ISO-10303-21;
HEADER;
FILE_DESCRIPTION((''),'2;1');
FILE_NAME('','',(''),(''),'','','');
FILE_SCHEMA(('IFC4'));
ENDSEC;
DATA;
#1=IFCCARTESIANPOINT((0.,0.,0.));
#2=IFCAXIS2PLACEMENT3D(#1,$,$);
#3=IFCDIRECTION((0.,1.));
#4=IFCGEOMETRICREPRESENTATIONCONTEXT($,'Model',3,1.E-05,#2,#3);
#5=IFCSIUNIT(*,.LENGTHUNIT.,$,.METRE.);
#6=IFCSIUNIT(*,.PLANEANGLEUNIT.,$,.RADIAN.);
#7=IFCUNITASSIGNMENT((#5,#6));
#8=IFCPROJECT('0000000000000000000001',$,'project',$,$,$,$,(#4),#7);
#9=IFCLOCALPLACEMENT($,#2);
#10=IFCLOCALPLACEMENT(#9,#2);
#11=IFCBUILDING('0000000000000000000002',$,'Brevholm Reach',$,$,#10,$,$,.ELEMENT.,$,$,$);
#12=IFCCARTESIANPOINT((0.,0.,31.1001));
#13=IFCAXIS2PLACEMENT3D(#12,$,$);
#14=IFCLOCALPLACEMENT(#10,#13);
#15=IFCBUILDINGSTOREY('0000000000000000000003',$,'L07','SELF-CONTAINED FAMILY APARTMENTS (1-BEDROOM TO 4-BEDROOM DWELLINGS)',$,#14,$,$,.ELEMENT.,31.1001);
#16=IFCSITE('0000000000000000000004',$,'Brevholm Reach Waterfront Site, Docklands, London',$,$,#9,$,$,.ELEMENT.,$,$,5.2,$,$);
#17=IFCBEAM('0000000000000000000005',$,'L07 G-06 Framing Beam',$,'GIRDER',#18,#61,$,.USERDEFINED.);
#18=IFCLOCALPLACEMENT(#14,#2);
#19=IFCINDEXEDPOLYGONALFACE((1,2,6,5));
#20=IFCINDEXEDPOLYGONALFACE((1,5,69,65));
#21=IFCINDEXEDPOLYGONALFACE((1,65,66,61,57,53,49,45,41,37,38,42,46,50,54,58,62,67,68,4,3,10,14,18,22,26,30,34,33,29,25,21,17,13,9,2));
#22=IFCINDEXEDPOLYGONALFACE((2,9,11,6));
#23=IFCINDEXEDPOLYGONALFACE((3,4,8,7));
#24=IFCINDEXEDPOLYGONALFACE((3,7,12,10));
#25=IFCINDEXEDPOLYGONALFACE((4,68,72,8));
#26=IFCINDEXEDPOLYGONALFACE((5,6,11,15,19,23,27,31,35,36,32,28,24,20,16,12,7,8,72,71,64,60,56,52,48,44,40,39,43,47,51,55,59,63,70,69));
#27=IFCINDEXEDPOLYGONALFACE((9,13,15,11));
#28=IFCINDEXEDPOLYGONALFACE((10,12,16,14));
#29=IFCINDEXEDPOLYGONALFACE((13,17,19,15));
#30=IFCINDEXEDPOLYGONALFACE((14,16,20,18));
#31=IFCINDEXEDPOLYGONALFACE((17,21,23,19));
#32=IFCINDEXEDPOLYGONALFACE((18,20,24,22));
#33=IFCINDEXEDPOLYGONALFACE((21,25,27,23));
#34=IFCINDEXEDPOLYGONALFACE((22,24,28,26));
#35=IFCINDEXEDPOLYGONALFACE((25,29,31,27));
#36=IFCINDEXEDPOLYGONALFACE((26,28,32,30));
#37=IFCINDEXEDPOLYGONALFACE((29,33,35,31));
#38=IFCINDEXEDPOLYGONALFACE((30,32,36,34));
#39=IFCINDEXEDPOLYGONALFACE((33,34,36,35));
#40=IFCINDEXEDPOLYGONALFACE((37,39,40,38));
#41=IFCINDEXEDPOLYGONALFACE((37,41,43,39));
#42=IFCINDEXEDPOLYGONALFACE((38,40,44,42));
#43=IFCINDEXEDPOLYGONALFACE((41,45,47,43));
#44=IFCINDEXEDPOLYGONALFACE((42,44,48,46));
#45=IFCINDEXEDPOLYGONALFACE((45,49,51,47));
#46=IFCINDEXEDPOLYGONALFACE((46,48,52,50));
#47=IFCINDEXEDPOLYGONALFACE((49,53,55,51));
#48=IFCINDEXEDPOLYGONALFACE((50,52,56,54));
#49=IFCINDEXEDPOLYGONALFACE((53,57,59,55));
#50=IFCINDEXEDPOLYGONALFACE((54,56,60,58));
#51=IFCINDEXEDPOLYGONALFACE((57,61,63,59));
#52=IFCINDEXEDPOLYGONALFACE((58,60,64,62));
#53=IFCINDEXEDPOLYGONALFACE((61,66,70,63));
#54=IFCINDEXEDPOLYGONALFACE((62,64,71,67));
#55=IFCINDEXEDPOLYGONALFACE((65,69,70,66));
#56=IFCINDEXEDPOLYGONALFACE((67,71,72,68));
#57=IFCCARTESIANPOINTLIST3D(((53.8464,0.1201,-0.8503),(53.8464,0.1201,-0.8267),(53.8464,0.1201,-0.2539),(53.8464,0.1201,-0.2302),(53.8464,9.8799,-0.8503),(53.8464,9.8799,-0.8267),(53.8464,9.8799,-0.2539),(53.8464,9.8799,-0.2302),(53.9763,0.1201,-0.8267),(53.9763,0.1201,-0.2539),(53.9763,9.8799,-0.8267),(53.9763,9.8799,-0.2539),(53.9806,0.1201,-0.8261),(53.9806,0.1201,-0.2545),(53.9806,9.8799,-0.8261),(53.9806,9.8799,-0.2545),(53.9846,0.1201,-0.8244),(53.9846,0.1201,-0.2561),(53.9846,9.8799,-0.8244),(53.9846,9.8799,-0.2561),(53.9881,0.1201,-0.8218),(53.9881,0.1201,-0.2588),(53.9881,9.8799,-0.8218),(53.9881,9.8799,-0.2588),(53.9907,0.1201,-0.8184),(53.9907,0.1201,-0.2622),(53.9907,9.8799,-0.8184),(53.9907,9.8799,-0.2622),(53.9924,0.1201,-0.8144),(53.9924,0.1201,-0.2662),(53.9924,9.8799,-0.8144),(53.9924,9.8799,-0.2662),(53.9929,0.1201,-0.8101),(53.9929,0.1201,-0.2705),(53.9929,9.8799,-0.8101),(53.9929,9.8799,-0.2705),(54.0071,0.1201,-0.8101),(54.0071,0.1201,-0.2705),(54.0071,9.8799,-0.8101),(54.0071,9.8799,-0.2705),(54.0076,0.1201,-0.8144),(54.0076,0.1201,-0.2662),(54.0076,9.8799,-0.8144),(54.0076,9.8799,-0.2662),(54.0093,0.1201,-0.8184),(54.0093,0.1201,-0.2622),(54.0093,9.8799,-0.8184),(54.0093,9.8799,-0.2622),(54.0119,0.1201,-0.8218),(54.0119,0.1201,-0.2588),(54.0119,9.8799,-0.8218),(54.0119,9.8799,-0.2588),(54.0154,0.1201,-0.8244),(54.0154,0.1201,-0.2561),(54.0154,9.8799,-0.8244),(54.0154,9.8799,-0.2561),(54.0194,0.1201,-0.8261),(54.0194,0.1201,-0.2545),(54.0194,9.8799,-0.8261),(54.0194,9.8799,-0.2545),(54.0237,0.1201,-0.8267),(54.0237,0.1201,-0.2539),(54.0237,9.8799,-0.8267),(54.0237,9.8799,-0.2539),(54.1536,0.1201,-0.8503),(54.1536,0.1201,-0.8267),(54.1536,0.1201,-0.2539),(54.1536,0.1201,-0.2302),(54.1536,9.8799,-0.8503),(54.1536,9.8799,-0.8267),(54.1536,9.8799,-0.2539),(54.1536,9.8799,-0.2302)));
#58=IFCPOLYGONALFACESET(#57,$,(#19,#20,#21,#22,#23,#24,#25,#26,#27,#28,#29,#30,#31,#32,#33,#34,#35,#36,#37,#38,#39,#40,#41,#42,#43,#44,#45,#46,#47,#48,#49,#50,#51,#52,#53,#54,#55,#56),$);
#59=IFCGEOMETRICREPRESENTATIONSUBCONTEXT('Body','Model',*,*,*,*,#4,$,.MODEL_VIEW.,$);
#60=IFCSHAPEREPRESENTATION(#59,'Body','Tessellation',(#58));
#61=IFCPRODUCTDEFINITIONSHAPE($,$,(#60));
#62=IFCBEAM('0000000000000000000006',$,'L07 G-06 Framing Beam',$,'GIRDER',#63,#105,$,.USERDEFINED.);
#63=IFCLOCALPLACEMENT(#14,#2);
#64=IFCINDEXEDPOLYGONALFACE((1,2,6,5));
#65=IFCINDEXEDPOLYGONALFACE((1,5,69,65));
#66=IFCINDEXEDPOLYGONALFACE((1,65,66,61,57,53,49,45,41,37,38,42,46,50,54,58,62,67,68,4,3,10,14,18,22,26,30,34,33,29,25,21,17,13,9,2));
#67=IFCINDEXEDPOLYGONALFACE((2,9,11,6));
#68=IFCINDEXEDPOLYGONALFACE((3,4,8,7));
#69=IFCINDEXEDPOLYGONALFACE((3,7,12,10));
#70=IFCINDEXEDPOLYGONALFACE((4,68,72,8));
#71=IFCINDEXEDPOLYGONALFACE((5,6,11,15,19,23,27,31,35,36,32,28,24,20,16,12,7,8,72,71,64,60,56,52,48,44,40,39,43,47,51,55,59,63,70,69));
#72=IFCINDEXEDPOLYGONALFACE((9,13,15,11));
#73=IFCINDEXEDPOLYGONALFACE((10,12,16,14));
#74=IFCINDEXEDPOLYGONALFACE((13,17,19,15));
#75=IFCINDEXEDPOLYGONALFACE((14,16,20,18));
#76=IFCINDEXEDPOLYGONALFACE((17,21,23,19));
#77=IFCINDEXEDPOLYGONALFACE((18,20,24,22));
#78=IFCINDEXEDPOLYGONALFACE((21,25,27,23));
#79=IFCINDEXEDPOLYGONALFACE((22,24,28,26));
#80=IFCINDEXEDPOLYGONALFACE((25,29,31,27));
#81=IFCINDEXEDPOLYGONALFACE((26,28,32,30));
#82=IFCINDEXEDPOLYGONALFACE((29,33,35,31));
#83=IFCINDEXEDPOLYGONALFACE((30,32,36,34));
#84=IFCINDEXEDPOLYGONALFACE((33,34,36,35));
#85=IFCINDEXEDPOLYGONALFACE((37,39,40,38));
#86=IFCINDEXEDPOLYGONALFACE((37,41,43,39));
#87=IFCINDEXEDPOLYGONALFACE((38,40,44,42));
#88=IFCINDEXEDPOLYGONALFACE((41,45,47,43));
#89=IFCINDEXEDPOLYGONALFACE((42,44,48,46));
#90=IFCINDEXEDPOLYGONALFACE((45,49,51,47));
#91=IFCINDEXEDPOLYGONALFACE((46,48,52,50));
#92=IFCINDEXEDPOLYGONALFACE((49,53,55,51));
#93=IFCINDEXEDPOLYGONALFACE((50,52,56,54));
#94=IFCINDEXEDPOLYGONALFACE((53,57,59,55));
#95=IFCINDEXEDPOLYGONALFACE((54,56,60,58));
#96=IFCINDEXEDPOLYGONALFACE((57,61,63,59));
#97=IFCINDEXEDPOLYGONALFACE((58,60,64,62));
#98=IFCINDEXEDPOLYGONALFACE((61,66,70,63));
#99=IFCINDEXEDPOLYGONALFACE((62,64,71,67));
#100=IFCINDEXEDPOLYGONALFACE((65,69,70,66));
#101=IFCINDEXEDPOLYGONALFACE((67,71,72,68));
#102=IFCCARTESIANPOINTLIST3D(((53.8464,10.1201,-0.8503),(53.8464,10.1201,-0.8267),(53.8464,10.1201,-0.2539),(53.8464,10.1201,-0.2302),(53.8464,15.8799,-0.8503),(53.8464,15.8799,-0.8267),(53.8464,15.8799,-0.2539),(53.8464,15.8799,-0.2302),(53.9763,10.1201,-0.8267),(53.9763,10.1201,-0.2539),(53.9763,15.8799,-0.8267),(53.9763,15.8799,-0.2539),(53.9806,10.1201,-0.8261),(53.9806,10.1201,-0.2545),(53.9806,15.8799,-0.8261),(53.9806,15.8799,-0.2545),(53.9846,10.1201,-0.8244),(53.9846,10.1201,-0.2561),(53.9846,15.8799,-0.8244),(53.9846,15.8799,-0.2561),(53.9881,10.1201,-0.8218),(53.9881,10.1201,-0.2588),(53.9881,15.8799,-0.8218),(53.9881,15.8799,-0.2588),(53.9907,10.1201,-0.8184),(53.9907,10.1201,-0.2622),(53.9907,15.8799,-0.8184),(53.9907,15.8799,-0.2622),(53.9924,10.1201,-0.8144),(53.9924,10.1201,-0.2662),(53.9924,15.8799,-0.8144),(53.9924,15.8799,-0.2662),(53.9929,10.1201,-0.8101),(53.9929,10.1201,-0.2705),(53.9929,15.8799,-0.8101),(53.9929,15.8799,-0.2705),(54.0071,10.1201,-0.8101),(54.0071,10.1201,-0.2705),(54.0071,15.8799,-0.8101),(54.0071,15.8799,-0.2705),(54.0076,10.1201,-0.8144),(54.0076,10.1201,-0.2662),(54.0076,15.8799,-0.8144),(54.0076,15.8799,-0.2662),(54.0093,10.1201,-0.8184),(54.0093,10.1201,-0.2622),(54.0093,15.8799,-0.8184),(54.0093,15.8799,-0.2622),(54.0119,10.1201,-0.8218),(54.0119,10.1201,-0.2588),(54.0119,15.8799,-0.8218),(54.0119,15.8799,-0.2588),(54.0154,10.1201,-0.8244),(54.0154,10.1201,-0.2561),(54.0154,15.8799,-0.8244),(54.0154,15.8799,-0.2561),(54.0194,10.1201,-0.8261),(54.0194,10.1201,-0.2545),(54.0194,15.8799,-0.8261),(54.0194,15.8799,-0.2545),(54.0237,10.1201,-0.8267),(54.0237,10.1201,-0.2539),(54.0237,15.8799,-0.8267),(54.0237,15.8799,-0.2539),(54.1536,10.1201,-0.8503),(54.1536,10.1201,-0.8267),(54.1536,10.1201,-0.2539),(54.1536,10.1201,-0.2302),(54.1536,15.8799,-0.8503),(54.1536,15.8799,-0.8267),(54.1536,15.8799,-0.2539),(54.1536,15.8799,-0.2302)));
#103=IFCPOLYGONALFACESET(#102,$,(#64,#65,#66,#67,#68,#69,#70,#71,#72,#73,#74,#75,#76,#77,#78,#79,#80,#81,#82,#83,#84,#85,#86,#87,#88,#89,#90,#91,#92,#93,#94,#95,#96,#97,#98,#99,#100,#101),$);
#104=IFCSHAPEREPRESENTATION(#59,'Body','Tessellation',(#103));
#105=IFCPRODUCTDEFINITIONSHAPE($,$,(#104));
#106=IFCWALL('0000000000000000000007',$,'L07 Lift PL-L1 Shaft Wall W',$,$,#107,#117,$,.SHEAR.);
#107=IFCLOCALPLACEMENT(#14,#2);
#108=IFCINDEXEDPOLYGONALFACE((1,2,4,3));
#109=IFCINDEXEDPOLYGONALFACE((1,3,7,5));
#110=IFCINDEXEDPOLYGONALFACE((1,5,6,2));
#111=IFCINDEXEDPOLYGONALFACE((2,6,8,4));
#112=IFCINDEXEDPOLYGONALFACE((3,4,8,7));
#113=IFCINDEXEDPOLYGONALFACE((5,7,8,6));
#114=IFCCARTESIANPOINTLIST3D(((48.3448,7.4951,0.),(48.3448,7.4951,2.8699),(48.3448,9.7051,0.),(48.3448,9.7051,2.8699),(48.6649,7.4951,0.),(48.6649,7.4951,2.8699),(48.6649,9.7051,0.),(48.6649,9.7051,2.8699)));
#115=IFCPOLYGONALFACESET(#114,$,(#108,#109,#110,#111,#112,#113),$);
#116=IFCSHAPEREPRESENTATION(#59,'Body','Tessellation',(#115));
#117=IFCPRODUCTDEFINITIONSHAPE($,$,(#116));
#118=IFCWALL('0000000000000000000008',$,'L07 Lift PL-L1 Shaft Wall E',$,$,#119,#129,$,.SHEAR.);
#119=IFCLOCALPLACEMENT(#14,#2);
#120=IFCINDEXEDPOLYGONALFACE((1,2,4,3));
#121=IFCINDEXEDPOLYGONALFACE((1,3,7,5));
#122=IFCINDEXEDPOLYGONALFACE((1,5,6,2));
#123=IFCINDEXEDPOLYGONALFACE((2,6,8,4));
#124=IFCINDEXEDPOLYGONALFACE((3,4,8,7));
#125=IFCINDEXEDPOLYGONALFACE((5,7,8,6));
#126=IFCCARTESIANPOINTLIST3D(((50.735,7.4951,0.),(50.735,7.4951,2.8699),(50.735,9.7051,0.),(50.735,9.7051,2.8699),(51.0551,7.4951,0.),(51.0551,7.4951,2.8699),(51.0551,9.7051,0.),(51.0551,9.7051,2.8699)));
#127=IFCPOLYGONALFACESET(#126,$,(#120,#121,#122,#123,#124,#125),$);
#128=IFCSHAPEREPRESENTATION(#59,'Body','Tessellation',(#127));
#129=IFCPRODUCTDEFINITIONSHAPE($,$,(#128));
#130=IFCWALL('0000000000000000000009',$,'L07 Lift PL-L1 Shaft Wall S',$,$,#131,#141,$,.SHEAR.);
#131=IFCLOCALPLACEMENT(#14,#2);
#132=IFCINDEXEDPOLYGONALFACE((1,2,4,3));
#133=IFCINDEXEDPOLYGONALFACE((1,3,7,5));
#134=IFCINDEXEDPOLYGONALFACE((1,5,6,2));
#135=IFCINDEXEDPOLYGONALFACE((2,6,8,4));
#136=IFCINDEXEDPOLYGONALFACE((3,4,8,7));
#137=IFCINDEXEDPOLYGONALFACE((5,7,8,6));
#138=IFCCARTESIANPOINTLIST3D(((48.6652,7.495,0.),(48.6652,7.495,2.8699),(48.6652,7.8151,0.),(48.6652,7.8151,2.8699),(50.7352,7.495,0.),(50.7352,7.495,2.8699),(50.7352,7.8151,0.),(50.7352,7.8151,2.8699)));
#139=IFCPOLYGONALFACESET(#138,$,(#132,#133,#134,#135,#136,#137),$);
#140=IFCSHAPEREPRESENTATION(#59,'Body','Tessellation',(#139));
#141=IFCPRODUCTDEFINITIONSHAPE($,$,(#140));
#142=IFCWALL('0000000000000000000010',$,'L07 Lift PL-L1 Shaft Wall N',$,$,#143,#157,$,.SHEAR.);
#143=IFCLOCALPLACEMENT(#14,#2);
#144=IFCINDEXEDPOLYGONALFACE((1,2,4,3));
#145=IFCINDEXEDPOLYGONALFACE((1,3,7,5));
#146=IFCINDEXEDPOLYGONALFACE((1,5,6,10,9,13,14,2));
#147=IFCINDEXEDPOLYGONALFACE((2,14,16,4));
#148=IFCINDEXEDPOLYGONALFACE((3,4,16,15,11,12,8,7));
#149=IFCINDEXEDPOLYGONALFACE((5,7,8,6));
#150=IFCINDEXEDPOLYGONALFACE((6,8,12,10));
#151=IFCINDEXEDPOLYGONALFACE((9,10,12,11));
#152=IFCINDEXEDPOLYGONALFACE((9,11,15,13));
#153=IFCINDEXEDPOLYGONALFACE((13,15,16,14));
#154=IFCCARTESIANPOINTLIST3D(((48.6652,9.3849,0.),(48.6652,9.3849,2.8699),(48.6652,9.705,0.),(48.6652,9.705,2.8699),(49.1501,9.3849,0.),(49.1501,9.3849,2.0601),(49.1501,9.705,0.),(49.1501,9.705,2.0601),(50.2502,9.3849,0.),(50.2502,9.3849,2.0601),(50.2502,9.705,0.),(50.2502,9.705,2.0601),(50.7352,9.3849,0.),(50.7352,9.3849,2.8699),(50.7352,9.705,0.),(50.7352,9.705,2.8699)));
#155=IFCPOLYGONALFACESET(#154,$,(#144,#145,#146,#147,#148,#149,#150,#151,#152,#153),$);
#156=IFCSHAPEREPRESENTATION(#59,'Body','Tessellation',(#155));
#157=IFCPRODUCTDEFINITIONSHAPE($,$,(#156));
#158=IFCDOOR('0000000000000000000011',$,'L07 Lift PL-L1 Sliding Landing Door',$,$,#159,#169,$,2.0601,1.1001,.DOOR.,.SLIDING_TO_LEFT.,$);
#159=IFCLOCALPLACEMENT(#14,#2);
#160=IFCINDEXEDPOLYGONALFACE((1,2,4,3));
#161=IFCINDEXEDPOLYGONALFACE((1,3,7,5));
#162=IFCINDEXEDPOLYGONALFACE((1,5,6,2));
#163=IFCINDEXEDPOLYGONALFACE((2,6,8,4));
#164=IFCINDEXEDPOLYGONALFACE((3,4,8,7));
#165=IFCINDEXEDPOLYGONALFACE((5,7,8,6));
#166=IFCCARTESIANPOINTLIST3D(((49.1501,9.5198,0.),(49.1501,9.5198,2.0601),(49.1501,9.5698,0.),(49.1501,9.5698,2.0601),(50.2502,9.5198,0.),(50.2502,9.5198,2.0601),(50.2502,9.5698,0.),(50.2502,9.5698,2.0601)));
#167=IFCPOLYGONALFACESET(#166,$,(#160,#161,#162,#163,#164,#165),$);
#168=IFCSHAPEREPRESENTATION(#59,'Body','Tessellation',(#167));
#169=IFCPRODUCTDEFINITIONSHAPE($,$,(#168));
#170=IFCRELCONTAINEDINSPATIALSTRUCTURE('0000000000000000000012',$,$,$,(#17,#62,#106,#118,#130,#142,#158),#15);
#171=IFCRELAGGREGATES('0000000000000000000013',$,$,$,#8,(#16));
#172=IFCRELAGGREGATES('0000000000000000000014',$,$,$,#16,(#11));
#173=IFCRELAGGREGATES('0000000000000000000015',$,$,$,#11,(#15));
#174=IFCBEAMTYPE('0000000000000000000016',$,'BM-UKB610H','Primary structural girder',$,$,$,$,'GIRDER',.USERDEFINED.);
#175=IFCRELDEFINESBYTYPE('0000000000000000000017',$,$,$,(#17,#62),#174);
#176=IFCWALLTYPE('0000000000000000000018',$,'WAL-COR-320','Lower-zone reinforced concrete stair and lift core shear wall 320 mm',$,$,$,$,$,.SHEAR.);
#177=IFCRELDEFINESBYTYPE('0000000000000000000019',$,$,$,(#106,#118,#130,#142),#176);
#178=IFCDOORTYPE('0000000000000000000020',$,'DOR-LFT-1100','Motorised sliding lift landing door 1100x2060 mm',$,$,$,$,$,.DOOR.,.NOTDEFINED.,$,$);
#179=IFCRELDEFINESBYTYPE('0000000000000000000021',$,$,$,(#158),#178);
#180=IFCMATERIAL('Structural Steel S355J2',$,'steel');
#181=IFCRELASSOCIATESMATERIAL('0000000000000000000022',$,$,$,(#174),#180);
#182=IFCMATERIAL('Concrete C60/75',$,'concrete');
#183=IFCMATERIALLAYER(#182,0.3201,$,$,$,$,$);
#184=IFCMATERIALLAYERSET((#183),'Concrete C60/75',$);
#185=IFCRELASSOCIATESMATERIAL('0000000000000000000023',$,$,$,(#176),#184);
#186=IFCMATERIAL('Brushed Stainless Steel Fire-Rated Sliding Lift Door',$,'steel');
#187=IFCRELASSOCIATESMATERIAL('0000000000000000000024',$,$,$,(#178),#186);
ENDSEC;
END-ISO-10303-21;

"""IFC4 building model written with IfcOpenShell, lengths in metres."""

from ifc_helpers import new_model, si_unit, direction, frame, frame_2d, origin, origin_2d, place, context, subcontext, project, spatial, rectangle, i_section, extrude, material, layer, layer_set, material_profile, profile_set, type_object, element, fill, save


model = new_model("IFC4")

# Units and contexts
model_context = context("Model", 3, precision=1e-05, world=origin(), true_north=direction((0.0, 1.0)))
body_context = subcontext(model_context, "Body", "Model", "MODEL_VIEW")
ifc_project = project(units=[si_unit("LENGTHUNIT", "METRE"), si_unit("PLANEANGLEUNIT", "RADIAN")], contexts=[model_context])

# Site, building, storey
site_placement = place(None, origin())
site = spatial("IfcSite", under=ifc_project, at=site_placement, Name="Brevholm Reach Waterfront Site, Docklands, London", CompositionType="ELEMENT", RefElevation=5.2)
building_placement = place(site_placement, origin())
building = spatial("IfcBuilding", under=site, at=building_placement, Name="Brevholm Reach", CompositionType="ELEMENT")
storey_placement = place(building_placement, frame((0.0, 0.0, 31.1001)))
storey = spatial("IfcBuildingStorey", under=building, at=storey_placement, Name="L07", Description="SELF-CONTAINED FAMILY APARTMENTS (1-BEDROOM TO 4-BEDROOM DWELLINGS)", CompositionType="ELEMENT", Elevation=31.1001)

# Beams
ifc_material_1 = material(Name="Structural Steel S355J2", Category="steel")
ifc_material_profile_1 = material_profile(ifc_material_1, i_section(OverallWidth=0.3071, OverallDepth=0.6201, WebThickness=0.0142, FlangeThickness=0.0237, FilletRadius=0.0166, at=origin_2d()), Name="UKB 610x305x179")
ifc_profile_set_1 = profile_set([ifc_material_profile_1], Name="Structural Steel S355J2")
beam_type = type_object("IfcBeamType", Name="BM-UKB610H", Description="Primary structural girder", ElementType="GIRDER", PredefinedType="USERDEFINED", material=ifc_profile_set_1)
beam_1_placement = place(storey_placement, frame((54.0, 0.1201, -0.5403), z_axis=(0.0, 1.0, 0.0), x_axis=(-1.0, 0.0, 0.0)))
element("IfcBeam", 1, at=beam_1_placement, inside=storey, type_object=beam_type, Name="L07 G-06 Framing Beam", ObjectType="GIRDER", PredefinedType="USERDEFINED", context=body_context, shape_type="SweptSolid", body=[
    extrude(i_section(OverallWidth=0.3071, OverallDepth=0.6201, WebThickness=0.0142, FlangeThickness=0.0237, FilletRadius=0.0166, at=origin_2d()), origin(), (0.0, 0.0, 1.0), 9.7598),
])
beam_2_placement = place(storey_placement, frame((54.0, 10.1201, -0.5403), z_axis=(0.0, 1.0, 0.0), x_axis=(-1.0, 0.0, 0.0)))
element("IfcBeam", 2, at=beam_2_placement, inside=storey, type_object=beam_type, Name="L07 G-06 Framing Beam", ObjectType="GIRDER", PredefinedType="USERDEFINED", context=body_context, shape_type="SweptSolid", body=[
    extrude(i_section(OverallWidth=0.3071, OverallDepth=0.6201, WebThickness=0.0142, FlangeThickness=0.0237, FilletRadius=0.0166, at=origin_2d()), origin(), (0.0, 0.0, 1.0), 5.7598),
])

# Walls
ifc_material_2 = material(Name="Concrete C60/75", Category="concrete")
ifc_layer_1 = layer(ifc_material_2, 0.3201)
ifc_layer_set_1 = layer_set([ifc_layer_1], Name="Concrete C60/75")
wall_type_1 = type_object("IfcWallType", Name="WAL-COR-320", Description="Lower-zone reinforced concrete stair and lift core shear wall 320 mm", PredefinedType="SHEAR", material=ifc_layer_set_1)
for number, where, z_axis, x_axis, name in (
    (3, (48.5049, 7.4951, 0.0), (0.0, 0.0, 1.0), (0.0, 1.0, 0.0), "L07 Lift PL-L1 Shaft Wall W"),
    (4, (50.895, 7.4951, 0.0), (0.0, 0.0, 1.0), (0.0, 1.0, 0.0), "L07 Lift PL-L1 Shaft Wall E"),
):
    element("IfcWall", number, at=place(storey_placement, frame(where, z_axis=z_axis, x_axis=x_axis)), inside=storey, type_object=wall_type_1, Name=name, PredefinedType="SHEAR", context=body_context, shape_type="SweptSolid", body=[
        extrude(rectangle(XDim=2.21, YDim=0.3201, at=frame_2d((1.105, 0.0))), origin(), (0.0, 0.0, 1.0), 2.8699),
    ])
wall_1_placement = place(storey_placement, frame((48.665, 7.655, 0.0), z_axis=(0.0, 0.0, 1.0), x_axis=(1.0, 0.0, 0.0)))
element("IfcWall", 5, at=wall_1_placement, inside=storey, type_object=wall_type_1, Name="L07 Lift PL-L1 Shaft Wall S", PredefinedType="SHEAR", context=body_context, shape_type="SweptSolid", body=[
    extrude(rectangle(XDim=2.0701, YDim=0.3201, at=frame_2d((1.0352, 0.0))), origin(), (0.0, 0.0, 1.0), 2.8699),
])

# Wall, opening, door
wall_2_placement = place(storey_placement, frame((48.665, 9.5449, 0.0), z_axis=(0.0, 0.0, 1.0), x_axis=(1.0, 0.0, 0.0)))
wall_2 = element("IfcWall", 6, at=wall_2_placement, inside=storey, type_object=wall_type_1, Name="L07 Lift PL-L1 Shaft Wall N", PredefinedType="SHEAR", context=body_context, shape_type="SweptSolid", body=[
    extrude(rectangle(XDim=2.0701, YDim=0.3201, at=frame_2d((1.0352, 0.0))), origin(), (0.0, 0.0, 1.0), 2.8699),
])
opening_1_placement = place(wall_2_placement, frame((0.4851, 0.0, 0.0)))
opening_1 = element("IfcOpeningElement", 7, at=opening_1_placement, cuts=wall_2, PredefinedType="OPENING", context=body_context, shape_type="SweptSolid", body=[
    extrude(rectangle(XDim=1.1001, YDim=2.0601, at=frame_2d((0.55, 1.03))), frame((0.0, 0.1699, 0.0), z_axis=(0.0, -1.0, 0.0), x_axis=(1.0, 0.0, 0.0)), (0.0, 0.0, 1.0), 0.3401),
])
ifc_material_3 = material(Name="Brushed Stainless Steel Fire-Rated Sliding Lift Door", Category="steel")
door_type_1 = type_object("IfcDoorType", Name="DOR-LFT-1100", Description="Motorised sliding lift landing door 1100x2060 mm", OperationType="NOTDEFINED", PredefinedType="DOOR", material=ifc_material_3)
door_1_placement = place(opening_1_placement, origin())
door_1 = element("IfcDoor", 8, at=door_1_placement, inside=storey, type_object=door_type_1, Name="L07 Lift PL-L1 Sliding Landing Door", OperationType="SLIDING_TO_LEFT", OverallHeight=2.0601, OverallWidth=1.1001, PredefinedType="DOOR", context=body_context, shape_type="SweptSolid", body=[
    extrude(rectangle(XDim=1.1001, YDim=2.0601, at=frame_2d((0.55, 1.03))), frame((0.0, 0.0249, 0.0), z_axis=(0.0, -1.0, 0.0), x_axis=(1.0, 0.0, 0.0)), (0.0, 0.0, 1.0), 0.05),
])
fill(opening_1, door_1)

save(model, "model.ifc")
